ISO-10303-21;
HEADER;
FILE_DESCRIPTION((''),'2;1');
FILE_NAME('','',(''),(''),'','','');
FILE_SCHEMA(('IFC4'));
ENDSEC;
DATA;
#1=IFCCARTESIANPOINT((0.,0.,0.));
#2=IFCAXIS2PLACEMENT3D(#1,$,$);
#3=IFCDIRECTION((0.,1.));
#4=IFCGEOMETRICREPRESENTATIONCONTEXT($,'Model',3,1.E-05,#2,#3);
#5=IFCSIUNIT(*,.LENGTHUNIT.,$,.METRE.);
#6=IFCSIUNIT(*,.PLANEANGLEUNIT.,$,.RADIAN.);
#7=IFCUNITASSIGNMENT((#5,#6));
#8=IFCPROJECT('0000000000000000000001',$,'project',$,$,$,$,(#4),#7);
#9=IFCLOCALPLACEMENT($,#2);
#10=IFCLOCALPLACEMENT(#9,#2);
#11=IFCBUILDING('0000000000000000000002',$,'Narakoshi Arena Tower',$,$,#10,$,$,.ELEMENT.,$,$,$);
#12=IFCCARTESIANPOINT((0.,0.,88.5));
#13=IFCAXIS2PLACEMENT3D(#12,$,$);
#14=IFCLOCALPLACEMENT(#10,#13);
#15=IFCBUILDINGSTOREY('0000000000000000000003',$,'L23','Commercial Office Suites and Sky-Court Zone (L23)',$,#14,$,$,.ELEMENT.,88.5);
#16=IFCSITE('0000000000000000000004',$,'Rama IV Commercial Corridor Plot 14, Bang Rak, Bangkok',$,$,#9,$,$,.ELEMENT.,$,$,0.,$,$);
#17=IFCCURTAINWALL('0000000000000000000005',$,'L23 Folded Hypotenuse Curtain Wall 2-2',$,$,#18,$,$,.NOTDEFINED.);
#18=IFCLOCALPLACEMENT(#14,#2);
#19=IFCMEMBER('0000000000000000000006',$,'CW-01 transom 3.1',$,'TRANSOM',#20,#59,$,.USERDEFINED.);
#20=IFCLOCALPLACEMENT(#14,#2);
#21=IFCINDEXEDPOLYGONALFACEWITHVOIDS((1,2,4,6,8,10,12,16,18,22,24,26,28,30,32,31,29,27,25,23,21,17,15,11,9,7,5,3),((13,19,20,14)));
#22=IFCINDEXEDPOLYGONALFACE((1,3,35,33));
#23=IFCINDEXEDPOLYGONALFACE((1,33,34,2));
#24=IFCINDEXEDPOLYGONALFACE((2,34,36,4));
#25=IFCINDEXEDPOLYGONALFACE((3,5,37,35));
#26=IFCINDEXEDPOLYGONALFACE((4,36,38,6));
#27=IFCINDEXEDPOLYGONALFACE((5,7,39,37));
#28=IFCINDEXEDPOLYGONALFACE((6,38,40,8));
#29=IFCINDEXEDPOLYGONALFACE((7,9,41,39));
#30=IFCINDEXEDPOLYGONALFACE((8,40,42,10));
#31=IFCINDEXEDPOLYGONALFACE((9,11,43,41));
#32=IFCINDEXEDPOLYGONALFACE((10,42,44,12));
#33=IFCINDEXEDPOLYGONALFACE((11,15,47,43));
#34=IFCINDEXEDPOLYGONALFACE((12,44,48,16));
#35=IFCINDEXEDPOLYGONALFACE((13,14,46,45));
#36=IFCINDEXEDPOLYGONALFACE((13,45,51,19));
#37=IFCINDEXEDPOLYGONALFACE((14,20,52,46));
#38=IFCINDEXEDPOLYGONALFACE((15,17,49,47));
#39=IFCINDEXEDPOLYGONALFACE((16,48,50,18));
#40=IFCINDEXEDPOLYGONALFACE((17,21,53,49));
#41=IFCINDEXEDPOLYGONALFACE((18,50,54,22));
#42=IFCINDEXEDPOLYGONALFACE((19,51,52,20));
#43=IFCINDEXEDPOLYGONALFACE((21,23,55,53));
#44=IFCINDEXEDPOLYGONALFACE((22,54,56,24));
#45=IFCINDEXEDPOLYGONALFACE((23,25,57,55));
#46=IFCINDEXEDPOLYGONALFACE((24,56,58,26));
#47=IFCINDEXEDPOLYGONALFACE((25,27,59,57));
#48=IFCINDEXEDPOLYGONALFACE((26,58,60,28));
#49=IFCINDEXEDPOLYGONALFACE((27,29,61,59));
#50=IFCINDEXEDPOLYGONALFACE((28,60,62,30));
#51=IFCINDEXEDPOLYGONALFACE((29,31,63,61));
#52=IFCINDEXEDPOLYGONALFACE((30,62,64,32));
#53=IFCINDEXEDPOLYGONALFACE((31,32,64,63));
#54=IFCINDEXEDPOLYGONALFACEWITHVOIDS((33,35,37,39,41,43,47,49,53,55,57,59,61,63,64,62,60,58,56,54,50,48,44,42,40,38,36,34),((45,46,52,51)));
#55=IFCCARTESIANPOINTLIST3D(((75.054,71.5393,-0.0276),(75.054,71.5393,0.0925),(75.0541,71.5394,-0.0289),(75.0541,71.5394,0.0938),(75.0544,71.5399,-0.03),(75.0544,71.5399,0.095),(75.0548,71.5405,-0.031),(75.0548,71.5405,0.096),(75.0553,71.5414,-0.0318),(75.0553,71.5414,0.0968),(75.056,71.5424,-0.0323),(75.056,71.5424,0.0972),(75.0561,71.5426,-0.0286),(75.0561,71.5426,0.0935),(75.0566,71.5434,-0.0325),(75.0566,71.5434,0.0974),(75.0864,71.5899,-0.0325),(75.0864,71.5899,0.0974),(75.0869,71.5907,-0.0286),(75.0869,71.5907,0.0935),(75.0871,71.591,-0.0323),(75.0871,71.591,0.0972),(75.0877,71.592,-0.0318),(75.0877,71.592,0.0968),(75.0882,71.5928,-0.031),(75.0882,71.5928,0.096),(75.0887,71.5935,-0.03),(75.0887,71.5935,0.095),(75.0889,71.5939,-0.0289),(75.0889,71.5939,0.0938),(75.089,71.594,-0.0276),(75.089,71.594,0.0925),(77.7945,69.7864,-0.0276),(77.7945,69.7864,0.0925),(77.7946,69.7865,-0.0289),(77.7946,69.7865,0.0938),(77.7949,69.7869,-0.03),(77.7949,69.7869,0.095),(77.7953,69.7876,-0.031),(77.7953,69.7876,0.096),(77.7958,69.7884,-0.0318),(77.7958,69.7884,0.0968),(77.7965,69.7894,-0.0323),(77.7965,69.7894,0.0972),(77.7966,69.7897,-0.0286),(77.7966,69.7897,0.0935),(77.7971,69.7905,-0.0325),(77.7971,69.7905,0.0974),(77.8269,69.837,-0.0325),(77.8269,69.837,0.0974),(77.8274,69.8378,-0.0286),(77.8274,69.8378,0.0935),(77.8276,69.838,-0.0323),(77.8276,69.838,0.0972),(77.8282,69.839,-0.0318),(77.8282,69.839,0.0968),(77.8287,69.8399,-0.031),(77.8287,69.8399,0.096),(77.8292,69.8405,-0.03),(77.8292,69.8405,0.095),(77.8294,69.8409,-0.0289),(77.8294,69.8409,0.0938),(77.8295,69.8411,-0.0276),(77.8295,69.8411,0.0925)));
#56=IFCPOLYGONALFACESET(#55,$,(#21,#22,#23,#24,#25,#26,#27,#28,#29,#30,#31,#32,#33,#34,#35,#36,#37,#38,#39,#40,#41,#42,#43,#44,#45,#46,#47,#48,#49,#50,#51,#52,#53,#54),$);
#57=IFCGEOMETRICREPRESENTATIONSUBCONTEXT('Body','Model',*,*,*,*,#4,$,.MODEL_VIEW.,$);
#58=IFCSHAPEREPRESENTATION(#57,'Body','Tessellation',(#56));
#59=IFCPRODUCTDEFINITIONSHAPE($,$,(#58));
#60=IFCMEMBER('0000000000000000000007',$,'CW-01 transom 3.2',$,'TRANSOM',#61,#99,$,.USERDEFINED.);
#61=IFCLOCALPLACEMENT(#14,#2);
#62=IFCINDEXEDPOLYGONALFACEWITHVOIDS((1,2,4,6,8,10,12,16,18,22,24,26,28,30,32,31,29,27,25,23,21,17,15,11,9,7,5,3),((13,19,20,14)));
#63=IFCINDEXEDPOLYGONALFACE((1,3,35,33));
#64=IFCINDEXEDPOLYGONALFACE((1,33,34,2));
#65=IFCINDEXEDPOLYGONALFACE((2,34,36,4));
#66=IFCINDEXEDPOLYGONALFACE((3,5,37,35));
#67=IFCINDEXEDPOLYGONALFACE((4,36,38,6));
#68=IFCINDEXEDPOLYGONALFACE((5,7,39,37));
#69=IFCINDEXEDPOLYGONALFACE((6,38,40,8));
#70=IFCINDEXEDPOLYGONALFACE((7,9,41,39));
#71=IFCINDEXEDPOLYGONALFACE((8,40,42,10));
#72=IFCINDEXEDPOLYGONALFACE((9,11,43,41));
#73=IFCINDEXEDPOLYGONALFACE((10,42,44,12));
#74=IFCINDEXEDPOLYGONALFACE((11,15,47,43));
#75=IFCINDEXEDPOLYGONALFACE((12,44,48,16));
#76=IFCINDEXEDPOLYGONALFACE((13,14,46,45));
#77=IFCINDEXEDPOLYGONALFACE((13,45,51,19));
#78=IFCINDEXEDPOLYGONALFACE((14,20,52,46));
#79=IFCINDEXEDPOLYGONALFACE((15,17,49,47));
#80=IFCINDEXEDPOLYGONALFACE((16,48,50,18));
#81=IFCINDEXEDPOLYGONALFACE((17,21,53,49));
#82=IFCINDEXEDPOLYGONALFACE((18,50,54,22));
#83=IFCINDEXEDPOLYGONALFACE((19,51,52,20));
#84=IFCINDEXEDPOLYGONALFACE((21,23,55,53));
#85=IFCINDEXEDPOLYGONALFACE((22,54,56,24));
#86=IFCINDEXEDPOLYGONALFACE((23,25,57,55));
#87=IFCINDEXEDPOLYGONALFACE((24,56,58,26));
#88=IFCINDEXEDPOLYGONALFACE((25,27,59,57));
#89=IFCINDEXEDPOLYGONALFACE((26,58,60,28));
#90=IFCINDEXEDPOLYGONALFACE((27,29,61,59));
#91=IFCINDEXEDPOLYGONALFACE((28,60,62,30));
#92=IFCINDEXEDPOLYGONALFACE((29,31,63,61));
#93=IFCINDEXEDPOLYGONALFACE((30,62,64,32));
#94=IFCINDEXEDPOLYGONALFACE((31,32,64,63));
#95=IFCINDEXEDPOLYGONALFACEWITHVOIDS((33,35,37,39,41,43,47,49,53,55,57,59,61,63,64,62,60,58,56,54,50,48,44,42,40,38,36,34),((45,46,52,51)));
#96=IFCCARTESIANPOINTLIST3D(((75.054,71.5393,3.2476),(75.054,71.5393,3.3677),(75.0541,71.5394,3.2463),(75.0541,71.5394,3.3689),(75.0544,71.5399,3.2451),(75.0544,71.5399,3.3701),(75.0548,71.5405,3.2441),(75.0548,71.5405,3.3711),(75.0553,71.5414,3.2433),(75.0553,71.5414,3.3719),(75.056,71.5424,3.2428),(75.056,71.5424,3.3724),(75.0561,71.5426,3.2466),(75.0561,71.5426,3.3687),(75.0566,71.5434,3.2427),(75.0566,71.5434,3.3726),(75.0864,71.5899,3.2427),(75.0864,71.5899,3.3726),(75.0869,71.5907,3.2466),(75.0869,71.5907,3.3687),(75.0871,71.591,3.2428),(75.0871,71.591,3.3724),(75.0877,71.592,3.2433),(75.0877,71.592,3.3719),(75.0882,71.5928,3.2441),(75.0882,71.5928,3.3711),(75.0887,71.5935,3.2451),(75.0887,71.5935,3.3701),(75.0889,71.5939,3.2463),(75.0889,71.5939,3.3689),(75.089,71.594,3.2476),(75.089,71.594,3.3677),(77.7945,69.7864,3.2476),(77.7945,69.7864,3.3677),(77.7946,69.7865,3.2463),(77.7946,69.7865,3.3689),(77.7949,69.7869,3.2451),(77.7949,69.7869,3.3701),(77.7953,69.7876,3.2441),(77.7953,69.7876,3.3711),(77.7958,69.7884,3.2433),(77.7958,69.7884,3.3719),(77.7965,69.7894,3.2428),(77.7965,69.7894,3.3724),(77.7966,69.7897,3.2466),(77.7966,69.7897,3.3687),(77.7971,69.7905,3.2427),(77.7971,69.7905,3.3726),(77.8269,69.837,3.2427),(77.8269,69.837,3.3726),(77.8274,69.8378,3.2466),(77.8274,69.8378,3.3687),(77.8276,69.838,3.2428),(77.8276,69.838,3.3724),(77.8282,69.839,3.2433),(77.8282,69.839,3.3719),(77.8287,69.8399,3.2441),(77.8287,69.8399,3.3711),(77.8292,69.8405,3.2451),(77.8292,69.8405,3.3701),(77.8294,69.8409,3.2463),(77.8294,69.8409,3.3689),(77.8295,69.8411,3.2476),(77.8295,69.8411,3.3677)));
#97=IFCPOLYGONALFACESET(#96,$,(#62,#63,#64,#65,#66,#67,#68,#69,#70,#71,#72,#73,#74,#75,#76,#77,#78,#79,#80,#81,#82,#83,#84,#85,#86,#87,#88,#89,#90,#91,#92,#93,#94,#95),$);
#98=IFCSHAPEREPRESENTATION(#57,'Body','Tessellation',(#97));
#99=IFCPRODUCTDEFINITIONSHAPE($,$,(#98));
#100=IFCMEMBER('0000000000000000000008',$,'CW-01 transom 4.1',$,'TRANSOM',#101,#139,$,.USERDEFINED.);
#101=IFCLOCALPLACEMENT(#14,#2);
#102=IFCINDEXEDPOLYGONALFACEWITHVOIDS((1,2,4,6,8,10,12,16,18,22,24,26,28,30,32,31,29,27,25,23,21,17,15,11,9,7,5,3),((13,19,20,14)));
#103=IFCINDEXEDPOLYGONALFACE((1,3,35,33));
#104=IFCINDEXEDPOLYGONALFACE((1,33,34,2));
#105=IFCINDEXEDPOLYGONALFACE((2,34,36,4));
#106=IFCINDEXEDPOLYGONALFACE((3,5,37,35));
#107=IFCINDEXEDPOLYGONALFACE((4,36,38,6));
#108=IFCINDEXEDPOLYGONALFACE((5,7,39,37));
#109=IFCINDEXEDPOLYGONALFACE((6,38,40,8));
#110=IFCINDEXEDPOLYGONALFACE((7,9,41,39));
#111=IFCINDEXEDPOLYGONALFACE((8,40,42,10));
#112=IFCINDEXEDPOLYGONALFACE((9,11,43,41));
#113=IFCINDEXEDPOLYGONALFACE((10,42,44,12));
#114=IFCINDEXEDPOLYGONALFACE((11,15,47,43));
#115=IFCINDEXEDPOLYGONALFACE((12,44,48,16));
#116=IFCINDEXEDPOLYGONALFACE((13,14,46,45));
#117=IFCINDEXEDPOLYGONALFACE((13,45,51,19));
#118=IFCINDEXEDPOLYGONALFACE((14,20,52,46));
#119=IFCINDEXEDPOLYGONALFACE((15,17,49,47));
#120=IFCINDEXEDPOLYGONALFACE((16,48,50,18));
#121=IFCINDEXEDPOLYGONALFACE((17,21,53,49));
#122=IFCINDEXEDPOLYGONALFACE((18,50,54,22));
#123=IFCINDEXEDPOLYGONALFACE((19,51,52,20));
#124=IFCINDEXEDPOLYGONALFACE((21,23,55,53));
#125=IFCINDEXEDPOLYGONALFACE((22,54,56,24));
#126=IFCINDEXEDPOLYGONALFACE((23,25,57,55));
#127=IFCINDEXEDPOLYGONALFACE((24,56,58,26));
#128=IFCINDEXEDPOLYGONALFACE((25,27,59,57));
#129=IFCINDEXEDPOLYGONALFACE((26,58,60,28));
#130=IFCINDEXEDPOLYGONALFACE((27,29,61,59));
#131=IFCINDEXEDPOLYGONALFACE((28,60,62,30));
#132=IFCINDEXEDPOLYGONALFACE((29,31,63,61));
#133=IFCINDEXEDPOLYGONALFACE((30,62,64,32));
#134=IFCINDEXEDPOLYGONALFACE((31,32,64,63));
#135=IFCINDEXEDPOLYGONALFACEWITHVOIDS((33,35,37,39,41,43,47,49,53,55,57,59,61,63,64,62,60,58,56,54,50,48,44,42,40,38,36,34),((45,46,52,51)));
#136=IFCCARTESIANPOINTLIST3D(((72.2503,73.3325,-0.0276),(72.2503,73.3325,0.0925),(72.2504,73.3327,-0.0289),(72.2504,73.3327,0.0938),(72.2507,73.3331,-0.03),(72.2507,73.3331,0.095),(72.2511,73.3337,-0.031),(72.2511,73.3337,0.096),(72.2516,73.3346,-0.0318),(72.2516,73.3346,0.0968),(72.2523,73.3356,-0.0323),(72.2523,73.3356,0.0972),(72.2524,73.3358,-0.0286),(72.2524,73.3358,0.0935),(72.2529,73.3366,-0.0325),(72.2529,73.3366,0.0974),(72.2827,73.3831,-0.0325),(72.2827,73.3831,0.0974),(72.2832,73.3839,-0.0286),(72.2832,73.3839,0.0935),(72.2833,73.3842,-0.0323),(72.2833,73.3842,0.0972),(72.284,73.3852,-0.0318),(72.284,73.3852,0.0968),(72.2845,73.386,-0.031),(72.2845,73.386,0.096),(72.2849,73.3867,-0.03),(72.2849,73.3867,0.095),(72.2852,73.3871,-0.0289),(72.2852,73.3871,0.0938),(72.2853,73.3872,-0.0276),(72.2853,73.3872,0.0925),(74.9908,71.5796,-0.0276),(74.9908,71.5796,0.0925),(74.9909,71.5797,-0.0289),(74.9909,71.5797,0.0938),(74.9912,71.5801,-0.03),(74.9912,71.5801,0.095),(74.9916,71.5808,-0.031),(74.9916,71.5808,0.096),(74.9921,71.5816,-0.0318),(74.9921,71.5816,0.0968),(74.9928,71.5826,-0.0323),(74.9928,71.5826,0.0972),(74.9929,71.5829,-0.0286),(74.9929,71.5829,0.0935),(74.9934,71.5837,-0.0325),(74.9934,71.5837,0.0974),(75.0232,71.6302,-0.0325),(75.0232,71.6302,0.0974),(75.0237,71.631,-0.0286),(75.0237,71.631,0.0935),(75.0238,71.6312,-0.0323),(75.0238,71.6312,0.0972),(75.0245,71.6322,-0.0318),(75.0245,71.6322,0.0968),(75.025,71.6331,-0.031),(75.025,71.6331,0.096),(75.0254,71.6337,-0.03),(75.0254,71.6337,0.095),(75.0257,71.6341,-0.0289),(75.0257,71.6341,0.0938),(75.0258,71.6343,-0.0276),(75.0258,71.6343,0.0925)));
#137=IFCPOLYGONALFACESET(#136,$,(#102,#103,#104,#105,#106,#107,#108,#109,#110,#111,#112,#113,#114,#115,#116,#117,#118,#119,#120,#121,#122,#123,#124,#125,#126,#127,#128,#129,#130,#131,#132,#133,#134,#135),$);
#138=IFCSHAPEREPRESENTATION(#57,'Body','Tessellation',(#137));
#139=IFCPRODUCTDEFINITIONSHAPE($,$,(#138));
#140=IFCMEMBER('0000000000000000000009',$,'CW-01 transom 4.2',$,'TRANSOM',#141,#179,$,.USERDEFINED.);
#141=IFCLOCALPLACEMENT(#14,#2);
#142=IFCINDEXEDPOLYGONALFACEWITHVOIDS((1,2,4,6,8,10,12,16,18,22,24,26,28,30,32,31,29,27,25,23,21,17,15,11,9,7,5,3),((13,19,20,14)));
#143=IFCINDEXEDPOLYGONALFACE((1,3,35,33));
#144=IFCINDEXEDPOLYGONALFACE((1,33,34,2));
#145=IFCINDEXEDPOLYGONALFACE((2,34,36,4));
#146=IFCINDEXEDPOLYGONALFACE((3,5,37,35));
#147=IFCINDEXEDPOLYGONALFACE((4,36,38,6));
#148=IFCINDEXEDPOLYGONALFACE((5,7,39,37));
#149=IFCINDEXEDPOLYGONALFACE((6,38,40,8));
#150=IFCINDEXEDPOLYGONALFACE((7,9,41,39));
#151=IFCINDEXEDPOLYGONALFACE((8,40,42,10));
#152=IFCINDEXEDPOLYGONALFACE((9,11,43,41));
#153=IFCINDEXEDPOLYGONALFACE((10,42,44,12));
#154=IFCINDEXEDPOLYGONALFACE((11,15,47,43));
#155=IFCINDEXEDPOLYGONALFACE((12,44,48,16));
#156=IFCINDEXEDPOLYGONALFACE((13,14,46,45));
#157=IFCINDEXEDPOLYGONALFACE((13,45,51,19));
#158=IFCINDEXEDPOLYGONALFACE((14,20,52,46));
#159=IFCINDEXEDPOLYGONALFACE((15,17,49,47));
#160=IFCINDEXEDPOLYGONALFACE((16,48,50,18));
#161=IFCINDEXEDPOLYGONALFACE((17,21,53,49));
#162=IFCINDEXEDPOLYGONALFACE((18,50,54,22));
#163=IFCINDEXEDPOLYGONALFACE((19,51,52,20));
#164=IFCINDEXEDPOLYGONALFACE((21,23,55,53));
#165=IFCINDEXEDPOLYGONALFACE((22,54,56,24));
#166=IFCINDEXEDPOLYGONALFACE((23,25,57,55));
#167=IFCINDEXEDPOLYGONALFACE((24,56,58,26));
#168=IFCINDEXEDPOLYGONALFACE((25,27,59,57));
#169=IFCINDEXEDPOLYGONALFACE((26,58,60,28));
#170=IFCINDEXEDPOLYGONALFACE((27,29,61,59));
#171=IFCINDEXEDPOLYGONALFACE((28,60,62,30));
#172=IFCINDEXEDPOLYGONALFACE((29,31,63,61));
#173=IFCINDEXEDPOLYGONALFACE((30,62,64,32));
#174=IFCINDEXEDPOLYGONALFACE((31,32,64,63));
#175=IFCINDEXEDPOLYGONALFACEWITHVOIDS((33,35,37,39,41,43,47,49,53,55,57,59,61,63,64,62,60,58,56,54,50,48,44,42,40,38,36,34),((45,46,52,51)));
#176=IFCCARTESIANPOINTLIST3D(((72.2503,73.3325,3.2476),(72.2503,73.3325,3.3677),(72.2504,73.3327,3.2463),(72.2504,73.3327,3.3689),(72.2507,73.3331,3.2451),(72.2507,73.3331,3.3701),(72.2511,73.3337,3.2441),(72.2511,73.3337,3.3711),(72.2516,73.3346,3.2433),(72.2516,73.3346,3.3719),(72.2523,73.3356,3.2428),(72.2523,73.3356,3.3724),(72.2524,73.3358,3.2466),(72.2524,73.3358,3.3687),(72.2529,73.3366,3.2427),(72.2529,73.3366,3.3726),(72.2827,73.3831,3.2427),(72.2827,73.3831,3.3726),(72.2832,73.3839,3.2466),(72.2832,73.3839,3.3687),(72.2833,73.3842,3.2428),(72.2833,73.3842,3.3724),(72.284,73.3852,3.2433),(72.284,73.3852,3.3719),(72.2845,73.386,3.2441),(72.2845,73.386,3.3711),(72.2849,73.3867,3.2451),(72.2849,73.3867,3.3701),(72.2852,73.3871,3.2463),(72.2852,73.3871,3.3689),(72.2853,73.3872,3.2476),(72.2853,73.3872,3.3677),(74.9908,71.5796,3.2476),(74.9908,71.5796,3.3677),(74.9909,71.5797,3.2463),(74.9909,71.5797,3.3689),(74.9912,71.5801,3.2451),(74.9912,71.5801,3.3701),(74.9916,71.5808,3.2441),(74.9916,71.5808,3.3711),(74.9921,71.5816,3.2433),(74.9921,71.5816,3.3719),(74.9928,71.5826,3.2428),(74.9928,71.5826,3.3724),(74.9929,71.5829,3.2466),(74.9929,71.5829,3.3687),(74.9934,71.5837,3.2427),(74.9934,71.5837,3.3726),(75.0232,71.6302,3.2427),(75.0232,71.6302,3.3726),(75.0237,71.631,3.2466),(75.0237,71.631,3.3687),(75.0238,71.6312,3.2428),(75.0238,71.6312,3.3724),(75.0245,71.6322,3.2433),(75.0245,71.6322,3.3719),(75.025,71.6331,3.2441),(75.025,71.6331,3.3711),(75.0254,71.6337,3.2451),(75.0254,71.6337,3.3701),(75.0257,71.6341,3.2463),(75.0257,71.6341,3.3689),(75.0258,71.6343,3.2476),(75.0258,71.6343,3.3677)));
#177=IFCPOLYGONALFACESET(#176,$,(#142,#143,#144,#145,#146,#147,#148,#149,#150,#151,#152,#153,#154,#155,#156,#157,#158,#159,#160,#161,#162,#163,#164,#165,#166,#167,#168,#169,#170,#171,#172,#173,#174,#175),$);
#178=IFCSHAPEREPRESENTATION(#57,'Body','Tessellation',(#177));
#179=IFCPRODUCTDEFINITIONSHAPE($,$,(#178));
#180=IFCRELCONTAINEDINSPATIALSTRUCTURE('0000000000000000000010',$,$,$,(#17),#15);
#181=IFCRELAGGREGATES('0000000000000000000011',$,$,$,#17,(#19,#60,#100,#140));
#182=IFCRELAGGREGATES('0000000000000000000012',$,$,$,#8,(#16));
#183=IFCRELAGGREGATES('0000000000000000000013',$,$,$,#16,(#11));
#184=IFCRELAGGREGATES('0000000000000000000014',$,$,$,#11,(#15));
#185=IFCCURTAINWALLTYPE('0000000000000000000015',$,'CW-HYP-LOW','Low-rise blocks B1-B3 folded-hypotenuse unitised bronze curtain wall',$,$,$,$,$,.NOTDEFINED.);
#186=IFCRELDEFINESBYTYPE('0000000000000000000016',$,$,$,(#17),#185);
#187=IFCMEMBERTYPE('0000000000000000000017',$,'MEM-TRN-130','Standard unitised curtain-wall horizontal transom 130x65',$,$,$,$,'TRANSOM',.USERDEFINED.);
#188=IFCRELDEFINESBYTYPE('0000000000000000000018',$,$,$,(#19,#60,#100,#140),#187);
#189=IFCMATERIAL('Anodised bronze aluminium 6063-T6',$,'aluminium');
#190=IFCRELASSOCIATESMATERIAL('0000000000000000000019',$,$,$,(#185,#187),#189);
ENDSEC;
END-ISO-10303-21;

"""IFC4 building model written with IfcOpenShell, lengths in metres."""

from ifc_helpers import new_model, si_unit, direction, frame, origin, origin_2d, place, context, subcontext, project, spatial, hollow_rectangle, extrude, material, material_profile, profile_set, type_object, element, aggregate, save


model = new_model("IFC4")

# Units and contexts
model_context = context("Model", 3, precision=1e-05, world=origin(), true_north=direction((0.0, 1.0)))
body_context = subcontext(model_context, "Body", "Model", "MODEL_VIEW")
ifc_project = project(units=[si_unit("LENGTHUNIT", "METRE"), si_unit("PLANEANGLEUNIT", "RADIAN")], contexts=[model_context])

# Site, building, storey
site_placement = place(None, origin())
site = spatial("IfcSite", under=ifc_project, at=site_placement, Name="Rama IV Commercial Corridor Plot 14, Bang Rak, Bangkok", CompositionType="ELEMENT", RefElevation=0.0)
building_placement = place(site_placement, origin())
building = spatial("IfcBuilding", under=site, at=building_placement, Name="Narakoshi Arena Tower", CompositionType="ELEMENT")
storey_placement = place(building_placement, frame((0.0, 0.0, 88.5)))
storey = spatial("IfcBuildingStorey", under=building, at=storey_placement, Name="L23", Description="Commercial Office Suites and Sky-Court Zone (L23)", CompositionType="ELEMENT", Elevation=88.5)

# Curtain wall, members
ifc_material_1 = material(Name="Anodised bronze aluminium 6063-T6", Category="aluminium")
curtain_wall_type = type_object("IfcCurtainWallType", Name="CW-HYP-LOW", Description="Low-rise blocks B1-B3 folded-hypotenuse unitised bronze curtain wall", PredefinedType="NOTDEFINED", material=ifc_material_1)
curtain_wall_placement = place(storey_placement, origin())
curtain_wall = element("IfcCurtainWall", 1, at=curtain_wall_placement, inside=storey, type_object=curtain_wall_type, Name="L23 Folded Hypotenuse Curtain Wall 2-2", PredefinedType="NOTDEFINED")
ifc_material_profile_1 = material_profile(ifc_material_1, hollow_rectangle(XDim=0.0649, YDim=0.1299, WallThickness=0.0039, OuterFilletRadius=0.0049, at=origin_2d()), Name="TRN130x65x4")
ifc_profile_set_1 = profile_set([ifc_material_profile_1], Name="Anodised bronze aluminium 6063-T6")
member_type_1 = type_object("IfcMemberType", Name="MEM-TRN-130", Description="Standard unitised curtain-wall horizontal transom 130x65", ElementType="TRANSOM", PredefinedType="USERDEFINED", material=ifc_profile_set_1)
member_1_placement = place(storey_placement, frame((77.812, 69.8137, 0.0325), z_axis=(-0.842408, 0.538841, 0.0), x_axis=(-0.538841, -0.842408, 0.0)))
member_1 = element("IfcMember", 2, at=member_1_placement, type_object=member_type_1, Name="CW-01 transom 3.1", ObjectType="TRANSOM", PredefinedType="USERDEFINED", context=body_context, shape_type="SweptSolid", body=[
    extrude(hollow_rectangle(XDim=0.0649, YDim=0.1299, WallThickness=0.0039, OuterFilletRadius=0.0049, at=origin_2d()), origin(), (0.0, 0.0, 1.0), 3.2532),
])
member_2_placement = place(storey_placement, frame((77.812, 69.8137, 3.3076), z_axis=(-0.842408, 0.538841, 0.0), x_axis=(-0.538841, -0.842408, 0.0)))
member_2 = element("IfcMember", 3, at=member_2_placement, type_object=member_type_1, Name="CW-01 transom 3.2", ObjectType="TRANSOM", PredefinedType="USERDEFINED", context=body_context, shape_type="SweptSolid", body=[
    extrude(hollow_rectangle(XDim=0.0649, YDim=0.1299, WallThickness=0.0039, OuterFilletRadius=0.0049, at=origin_2d()), origin(), (0.0, 0.0, 1.0), 3.2532),
])
member_3_placement = place(storey_placement, frame((75.0083, 71.6069, 0.0325), z_axis=(-0.842408, 0.538841, 0.0), x_axis=(-0.538841, -0.842408, 0.0)))
member_3 = element("IfcMember", 4, at=member_3_placement, type_object=member_type_1, Name="CW-01 transom 4.1", ObjectType="TRANSOM", PredefinedType="USERDEFINED", context=body_context, shape_type="SweptSolid", body=[
    extrude(hollow_rectangle(XDim=0.0649, YDim=0.1299, WallThickness=0.0039, OuterFilletRadius=0.0049, at=origin_2d()), origin(), (0.0, 0.0, 1.0), 3.2532),
])
member_4_placement = place(storey_placement, frame((75.0083, 71.6069, 3.3076), z_axis=(-0.842408, 0.538841, 0.0), x_axis=(-0.538841, -0.842408, 0.0)))
member_4 = element("IfcMember", 5, at=member_4_placement, type_object=member_type_1, Name="CW-01 transom 4.2", ObjectType="TRANSOM", PredefinedType="USERDEFINED", context=body_context, shape_type="SweptSolid", body=[
    extrude(hollow_rectangle(XDim=0.0649, YDim=0.1299, WallThickness=0.0039, OuterFilletRadius=0.0049, at=origin_2d()), origin(), (0.0, 0.0, 1.0), 3.2532),
])
aggregate(curtain_wall, [member_1, member_2, member_3, member_4])

save(model, "model.ifc")
